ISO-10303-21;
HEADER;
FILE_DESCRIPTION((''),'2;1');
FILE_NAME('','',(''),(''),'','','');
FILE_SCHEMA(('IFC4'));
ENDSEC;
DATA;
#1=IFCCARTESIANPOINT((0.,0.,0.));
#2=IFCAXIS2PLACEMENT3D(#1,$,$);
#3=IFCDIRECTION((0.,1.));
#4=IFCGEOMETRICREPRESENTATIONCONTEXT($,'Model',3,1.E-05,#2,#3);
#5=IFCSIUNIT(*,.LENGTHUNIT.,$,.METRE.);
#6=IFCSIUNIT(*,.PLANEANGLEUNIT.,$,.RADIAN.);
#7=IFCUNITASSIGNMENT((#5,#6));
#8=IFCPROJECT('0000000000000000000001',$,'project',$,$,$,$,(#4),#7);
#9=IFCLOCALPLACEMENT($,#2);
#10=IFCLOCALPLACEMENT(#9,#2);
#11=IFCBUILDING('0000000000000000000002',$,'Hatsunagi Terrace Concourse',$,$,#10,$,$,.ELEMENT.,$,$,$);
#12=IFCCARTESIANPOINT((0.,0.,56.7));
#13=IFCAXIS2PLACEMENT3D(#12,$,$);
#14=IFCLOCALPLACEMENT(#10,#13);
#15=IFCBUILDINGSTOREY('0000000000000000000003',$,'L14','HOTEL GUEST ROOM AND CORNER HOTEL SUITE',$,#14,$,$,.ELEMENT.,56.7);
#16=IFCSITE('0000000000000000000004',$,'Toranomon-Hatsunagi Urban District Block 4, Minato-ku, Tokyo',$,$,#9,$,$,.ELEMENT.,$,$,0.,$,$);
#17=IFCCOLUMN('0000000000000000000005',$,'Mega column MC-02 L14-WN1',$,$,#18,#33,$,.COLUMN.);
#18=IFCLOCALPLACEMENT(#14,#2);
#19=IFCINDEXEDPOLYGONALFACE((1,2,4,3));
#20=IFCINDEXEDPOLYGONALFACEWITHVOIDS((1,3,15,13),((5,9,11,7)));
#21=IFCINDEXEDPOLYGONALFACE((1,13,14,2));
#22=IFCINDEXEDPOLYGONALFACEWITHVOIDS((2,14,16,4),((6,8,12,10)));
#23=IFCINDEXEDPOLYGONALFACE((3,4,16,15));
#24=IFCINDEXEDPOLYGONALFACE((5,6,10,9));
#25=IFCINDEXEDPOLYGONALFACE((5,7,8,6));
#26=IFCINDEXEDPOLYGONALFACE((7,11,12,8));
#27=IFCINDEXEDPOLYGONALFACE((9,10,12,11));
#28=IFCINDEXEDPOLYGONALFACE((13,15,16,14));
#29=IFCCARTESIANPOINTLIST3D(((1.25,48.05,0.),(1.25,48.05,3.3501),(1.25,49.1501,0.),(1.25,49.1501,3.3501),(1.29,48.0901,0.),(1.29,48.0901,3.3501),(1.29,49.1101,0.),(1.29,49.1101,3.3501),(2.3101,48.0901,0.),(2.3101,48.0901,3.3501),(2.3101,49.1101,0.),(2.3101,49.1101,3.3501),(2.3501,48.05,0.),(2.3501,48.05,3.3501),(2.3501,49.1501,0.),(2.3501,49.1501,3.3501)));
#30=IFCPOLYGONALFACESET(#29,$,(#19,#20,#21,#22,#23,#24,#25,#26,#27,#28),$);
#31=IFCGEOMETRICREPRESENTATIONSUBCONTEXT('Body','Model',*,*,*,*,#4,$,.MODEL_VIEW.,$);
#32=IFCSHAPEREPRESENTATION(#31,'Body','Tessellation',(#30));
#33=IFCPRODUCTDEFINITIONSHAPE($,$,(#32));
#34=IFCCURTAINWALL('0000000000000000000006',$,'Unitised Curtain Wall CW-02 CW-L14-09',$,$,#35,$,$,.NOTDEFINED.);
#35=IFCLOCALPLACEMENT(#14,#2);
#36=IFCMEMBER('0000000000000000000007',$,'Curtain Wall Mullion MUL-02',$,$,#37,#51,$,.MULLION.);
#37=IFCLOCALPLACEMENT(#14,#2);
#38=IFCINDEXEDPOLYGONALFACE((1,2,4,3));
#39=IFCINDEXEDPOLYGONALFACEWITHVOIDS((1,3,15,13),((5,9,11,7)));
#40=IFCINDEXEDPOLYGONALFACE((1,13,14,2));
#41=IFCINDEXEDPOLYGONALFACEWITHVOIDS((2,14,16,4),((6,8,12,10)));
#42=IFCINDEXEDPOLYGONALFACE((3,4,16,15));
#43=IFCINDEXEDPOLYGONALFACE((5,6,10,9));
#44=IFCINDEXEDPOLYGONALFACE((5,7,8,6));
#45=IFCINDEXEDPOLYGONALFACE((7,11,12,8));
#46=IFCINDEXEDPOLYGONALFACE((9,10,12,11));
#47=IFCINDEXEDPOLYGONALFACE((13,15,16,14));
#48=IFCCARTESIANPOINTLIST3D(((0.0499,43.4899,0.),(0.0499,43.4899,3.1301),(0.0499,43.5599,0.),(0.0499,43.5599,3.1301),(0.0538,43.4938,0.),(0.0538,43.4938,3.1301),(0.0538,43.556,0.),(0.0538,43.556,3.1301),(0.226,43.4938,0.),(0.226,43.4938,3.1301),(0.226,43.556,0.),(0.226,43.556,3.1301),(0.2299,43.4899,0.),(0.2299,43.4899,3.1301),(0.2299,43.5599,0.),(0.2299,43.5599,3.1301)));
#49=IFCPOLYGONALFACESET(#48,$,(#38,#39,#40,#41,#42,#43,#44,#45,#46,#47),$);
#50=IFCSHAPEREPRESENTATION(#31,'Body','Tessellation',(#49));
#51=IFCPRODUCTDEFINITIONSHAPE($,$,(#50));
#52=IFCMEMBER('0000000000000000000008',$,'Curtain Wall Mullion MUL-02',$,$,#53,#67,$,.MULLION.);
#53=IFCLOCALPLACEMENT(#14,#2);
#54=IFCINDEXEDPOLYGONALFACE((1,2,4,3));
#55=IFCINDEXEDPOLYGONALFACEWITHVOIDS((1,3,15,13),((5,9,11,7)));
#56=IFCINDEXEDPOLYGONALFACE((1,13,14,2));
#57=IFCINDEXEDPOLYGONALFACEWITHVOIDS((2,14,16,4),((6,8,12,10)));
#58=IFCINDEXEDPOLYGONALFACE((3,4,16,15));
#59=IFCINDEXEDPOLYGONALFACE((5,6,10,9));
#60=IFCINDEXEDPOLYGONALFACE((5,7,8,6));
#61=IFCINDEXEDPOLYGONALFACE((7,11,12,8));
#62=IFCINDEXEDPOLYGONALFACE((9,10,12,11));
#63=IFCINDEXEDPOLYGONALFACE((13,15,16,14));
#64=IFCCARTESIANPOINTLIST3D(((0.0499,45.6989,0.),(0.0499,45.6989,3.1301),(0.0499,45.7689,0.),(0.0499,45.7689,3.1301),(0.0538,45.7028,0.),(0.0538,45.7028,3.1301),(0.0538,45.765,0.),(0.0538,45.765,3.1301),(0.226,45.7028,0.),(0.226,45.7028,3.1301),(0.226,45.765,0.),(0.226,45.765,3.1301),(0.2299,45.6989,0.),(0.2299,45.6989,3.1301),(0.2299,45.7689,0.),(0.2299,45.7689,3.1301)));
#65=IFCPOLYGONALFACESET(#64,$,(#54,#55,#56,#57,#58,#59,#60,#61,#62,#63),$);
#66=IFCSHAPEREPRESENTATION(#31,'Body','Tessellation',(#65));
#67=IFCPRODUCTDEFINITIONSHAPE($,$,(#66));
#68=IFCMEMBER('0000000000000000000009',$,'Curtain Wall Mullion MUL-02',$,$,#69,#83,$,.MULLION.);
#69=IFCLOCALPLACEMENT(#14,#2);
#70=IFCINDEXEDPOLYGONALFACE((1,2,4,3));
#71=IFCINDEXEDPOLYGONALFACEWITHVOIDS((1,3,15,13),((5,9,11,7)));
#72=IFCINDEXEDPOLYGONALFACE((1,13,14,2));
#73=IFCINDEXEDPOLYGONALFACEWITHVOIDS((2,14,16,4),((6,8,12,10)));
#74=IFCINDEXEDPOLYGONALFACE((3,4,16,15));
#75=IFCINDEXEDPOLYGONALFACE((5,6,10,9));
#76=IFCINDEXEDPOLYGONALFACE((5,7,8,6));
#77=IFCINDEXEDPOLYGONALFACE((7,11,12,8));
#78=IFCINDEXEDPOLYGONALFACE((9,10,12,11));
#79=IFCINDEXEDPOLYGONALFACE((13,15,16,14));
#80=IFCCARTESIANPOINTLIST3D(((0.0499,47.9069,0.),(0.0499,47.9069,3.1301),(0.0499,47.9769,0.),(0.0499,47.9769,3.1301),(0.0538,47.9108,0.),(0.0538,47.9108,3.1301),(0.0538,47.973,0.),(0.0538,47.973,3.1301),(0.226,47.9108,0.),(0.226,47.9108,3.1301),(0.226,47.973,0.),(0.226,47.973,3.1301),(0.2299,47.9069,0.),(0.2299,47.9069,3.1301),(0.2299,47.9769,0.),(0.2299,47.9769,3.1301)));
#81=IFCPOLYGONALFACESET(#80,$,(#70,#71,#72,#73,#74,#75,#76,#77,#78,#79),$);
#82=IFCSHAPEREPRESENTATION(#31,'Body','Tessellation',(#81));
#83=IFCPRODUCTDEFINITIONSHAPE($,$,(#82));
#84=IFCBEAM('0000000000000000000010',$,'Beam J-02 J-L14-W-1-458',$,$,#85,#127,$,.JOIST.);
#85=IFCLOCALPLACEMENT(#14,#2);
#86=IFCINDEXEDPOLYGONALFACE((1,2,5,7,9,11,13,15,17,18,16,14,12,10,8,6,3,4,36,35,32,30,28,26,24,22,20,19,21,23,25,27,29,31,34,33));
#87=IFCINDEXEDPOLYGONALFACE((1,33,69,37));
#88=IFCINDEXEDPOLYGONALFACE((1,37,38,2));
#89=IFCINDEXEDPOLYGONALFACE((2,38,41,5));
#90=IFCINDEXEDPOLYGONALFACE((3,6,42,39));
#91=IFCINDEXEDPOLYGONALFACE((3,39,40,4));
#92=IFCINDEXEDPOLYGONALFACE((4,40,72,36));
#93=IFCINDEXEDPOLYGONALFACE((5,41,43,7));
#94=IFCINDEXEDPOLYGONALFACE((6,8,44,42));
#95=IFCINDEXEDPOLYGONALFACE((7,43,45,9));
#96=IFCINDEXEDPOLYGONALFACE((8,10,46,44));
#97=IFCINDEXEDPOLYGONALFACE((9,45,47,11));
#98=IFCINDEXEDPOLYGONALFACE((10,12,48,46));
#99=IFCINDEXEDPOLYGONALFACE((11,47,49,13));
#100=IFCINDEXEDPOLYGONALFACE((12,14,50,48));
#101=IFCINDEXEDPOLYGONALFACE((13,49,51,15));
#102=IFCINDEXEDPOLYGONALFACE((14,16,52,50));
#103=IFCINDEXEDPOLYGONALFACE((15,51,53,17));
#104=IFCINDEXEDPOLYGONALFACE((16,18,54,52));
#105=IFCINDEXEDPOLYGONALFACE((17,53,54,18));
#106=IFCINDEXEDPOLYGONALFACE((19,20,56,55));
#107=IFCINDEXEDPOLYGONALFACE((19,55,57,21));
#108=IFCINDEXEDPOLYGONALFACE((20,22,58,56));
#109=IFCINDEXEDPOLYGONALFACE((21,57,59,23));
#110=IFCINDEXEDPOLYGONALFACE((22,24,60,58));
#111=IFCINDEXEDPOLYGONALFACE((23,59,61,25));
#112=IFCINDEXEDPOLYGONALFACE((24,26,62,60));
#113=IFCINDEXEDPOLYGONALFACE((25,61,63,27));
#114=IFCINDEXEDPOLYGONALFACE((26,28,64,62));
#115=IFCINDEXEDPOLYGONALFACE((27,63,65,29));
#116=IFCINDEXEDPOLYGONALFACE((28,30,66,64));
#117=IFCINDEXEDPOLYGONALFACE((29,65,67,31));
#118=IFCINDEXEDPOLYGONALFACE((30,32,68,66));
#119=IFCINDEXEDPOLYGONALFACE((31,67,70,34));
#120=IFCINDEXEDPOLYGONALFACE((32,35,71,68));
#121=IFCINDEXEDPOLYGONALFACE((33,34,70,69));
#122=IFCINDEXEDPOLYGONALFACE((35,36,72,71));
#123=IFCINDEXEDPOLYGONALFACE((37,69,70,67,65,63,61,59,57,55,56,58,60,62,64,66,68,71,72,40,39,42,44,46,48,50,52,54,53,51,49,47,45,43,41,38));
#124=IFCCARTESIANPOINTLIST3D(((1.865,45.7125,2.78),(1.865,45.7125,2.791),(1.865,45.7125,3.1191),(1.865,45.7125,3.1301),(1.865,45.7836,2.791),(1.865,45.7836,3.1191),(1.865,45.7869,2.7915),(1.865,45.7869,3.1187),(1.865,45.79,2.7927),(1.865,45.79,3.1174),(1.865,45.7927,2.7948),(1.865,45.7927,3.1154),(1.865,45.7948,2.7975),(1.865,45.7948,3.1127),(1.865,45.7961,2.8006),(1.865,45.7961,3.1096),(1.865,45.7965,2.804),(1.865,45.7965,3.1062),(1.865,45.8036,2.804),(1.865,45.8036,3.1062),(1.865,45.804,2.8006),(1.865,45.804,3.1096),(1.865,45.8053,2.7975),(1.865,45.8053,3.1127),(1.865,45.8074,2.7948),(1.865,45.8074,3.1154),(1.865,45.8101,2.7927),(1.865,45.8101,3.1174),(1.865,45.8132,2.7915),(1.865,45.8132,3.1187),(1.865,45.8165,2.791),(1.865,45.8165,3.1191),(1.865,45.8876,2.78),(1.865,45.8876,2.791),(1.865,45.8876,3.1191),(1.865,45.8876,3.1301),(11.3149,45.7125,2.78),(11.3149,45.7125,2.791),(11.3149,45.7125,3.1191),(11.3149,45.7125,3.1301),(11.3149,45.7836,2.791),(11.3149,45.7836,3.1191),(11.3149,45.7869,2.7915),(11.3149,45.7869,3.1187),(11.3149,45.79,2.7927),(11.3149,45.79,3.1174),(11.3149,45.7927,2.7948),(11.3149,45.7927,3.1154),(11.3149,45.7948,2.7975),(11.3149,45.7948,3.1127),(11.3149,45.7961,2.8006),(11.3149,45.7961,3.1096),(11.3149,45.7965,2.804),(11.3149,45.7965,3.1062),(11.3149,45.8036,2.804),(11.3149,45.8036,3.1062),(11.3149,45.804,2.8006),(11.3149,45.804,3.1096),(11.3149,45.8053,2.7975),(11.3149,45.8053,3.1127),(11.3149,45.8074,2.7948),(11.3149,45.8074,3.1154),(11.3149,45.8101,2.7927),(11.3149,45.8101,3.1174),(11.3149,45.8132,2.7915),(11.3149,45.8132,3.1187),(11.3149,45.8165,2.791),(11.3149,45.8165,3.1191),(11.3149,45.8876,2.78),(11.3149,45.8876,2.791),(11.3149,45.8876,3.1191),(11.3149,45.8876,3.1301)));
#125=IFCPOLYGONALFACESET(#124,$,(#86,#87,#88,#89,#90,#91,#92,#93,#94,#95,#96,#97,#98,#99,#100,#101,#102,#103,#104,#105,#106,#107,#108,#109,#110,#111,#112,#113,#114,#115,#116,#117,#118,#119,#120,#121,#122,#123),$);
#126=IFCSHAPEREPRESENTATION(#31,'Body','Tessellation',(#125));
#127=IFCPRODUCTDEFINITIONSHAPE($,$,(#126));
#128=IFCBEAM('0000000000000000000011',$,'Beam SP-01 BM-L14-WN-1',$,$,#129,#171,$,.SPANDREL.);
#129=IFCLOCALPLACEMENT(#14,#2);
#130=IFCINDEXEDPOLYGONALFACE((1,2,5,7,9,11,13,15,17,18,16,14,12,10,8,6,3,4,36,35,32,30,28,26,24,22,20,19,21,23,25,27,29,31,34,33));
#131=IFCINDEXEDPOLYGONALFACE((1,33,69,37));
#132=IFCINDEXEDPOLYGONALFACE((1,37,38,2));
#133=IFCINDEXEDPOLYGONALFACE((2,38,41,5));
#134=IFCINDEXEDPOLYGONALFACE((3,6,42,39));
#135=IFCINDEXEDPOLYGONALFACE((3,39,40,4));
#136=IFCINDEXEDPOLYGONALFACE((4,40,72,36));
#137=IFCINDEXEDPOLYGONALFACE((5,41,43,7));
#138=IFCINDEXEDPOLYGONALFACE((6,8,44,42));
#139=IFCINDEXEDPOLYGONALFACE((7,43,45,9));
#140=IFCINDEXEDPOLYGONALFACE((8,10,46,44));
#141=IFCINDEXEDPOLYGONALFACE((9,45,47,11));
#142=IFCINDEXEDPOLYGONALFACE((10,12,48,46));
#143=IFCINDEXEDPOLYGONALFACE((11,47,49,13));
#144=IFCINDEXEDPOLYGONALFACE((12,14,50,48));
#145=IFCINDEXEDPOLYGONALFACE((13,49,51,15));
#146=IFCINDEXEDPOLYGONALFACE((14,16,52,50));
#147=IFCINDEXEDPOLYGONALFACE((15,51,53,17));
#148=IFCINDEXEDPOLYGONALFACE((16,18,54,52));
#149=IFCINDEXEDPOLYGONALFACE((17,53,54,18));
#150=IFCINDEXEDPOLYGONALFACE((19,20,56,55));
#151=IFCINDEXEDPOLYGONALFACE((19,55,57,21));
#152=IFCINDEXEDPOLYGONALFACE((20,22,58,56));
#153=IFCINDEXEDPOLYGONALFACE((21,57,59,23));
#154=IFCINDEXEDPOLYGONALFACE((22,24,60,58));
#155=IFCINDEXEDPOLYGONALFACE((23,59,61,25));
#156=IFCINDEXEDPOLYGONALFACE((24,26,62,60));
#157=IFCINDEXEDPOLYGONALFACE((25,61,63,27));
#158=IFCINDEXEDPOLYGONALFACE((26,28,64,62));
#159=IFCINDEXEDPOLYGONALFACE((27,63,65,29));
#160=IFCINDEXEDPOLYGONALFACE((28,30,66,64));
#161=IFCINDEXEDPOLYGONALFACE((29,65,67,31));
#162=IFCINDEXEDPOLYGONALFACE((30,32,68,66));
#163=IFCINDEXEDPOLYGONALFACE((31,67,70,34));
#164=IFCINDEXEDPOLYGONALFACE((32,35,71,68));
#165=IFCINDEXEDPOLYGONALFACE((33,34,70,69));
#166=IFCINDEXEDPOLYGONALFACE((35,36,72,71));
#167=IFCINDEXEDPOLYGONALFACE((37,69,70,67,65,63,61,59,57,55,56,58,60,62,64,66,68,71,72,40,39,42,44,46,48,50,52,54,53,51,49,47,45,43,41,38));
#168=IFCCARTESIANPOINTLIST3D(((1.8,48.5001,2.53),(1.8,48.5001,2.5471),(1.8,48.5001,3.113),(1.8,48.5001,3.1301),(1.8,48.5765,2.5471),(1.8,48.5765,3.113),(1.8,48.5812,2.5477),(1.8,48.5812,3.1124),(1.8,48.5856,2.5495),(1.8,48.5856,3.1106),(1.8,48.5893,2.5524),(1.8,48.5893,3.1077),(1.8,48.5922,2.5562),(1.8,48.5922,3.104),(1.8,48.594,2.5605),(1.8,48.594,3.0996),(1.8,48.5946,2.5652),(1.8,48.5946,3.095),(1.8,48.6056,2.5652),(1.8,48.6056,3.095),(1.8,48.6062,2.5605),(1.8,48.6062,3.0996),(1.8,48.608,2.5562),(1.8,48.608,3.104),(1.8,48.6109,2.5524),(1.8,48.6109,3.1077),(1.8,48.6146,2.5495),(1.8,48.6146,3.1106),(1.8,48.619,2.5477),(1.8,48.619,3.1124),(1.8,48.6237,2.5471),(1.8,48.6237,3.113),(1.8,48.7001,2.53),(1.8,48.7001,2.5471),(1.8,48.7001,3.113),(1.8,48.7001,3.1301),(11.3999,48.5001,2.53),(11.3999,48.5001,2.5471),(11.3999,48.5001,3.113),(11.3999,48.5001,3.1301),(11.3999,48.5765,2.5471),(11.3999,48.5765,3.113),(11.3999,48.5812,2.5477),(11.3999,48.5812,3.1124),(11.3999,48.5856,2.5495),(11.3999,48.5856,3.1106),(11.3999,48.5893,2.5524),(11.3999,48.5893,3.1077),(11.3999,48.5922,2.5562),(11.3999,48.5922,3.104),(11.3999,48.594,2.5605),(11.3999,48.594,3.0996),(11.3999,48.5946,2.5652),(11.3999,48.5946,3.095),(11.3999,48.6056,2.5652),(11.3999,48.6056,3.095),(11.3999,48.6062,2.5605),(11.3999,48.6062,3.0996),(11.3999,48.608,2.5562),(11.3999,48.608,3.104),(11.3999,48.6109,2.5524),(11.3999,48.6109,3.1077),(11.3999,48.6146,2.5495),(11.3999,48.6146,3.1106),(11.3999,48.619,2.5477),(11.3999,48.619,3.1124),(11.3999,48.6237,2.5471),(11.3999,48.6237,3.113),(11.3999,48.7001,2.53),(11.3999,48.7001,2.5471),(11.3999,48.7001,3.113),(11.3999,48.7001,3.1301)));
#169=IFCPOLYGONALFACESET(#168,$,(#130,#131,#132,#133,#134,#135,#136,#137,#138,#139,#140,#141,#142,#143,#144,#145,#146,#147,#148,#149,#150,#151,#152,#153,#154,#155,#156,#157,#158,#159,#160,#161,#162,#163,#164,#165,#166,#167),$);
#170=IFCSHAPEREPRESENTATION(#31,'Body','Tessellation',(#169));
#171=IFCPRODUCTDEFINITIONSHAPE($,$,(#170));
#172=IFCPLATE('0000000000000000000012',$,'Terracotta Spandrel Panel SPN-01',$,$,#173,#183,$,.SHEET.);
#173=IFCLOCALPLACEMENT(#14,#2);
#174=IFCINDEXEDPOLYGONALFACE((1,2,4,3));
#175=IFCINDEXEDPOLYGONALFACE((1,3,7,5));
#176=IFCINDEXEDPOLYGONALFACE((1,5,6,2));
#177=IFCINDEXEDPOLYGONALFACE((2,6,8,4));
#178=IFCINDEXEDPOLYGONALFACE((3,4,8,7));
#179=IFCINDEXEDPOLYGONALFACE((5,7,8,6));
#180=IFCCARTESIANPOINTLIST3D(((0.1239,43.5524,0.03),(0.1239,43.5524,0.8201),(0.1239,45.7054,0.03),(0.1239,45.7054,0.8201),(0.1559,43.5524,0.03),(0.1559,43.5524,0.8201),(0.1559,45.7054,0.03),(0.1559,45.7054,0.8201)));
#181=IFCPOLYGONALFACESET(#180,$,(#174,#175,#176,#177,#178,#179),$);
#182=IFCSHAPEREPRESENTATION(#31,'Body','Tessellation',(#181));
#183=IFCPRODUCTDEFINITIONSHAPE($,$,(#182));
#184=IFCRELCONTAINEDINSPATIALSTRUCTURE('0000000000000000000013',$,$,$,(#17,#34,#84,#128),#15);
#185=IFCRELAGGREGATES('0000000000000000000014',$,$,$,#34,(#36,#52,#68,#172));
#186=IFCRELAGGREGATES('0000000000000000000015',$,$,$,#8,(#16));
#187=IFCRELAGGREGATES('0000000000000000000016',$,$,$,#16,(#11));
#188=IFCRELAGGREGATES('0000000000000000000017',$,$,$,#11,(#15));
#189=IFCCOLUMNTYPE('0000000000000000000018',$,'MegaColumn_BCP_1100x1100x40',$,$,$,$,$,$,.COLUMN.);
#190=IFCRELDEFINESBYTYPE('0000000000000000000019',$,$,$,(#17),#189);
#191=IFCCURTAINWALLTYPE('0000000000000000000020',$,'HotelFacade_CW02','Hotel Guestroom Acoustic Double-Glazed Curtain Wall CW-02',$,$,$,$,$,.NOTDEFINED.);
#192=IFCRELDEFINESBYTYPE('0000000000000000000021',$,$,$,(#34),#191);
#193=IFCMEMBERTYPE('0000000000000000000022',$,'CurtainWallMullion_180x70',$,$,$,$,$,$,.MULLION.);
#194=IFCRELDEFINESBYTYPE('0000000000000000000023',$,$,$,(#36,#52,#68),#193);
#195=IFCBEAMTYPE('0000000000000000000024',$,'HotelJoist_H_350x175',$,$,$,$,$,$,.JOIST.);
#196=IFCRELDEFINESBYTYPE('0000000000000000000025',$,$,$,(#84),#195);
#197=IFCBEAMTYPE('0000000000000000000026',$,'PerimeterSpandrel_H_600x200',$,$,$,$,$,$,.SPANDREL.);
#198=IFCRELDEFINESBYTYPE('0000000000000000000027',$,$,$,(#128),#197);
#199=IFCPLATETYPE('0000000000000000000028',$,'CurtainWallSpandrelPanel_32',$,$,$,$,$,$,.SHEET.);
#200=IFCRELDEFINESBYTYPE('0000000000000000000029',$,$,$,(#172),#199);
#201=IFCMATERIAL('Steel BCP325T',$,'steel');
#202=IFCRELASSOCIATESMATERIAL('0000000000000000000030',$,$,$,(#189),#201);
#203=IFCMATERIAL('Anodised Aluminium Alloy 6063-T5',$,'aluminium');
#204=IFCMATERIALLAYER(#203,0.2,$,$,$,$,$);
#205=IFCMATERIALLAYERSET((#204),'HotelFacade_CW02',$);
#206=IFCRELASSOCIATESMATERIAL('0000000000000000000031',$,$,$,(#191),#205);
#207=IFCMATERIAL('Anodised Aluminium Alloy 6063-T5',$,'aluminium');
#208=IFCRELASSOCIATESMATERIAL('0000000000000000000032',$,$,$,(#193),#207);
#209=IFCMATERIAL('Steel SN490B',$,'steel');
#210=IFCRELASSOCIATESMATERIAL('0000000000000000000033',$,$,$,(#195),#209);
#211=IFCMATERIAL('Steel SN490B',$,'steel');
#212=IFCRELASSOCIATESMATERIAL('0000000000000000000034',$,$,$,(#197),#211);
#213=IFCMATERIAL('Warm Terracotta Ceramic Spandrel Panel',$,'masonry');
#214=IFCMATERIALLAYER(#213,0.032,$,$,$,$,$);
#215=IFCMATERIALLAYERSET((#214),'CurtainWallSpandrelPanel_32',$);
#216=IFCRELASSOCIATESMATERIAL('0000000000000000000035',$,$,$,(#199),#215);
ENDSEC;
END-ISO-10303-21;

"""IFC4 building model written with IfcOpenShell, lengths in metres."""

from ifc_helpers import new_model, si_unit, direction, frame, origin, origin_2d, place, context, subcontext, project, spatial, rectangle, hollow_rectangle, i_section, extrude, material, layer, layer_set, material_profile, profile_set, type_object, element, aggregate, save


model = new_model("IFC4")

# Units and contexts
model_context = context("Model", 3, precision=1e-05, world=origin(), true_north=direction((0.0, 1.0)))
body_context = subcontext(model_context, "Body", "Model", "MODEL_VIEW")
ifc_project = project(units=[si_unit("LENGTHUNIT", "METRE"), si_unit("PLANEANGLEUNIT", "RADIAN")], contexts=[model_context])

# Site, building, storey
site_placement = place(None, origin())
site = spatial("IfcSite", under=ifc_project, at=site_placement, Name="Toranomon-Hatsunagi Urban District Block 4, Minato-ku, Tokyo", CompositionType="ELEMENT", RefElevation=0.0)
building_placement = place(site_placement, origin())
building = spatial("IfcBuilding", under=site, at=building_placement, Name="Hatsunagi Terrace Concourse", CompositionType="ELEMENT")
storey_placement = place(building_placement, frame((0.0, 0.0, 56.7)))
storey = spatial("IfcBuildingStorey", under=building, at=storey_placement, Name="L14", Description="HOTEL GUEST ROOM AND CORNER HOTEL SUITE", CompositionType="ELEMENT", Elevation=56.7)

# Column
ifc_material_1 = material(Name="Steel BCP325T", Category="steel")
ifc_material_profile_1 = material_profile(ifc_material_1, hollow_rectangle(XDim=1.1001, YDim=1.1001, WallThickness=0.04, at=origin_2d()), Name="BCP-1100x1100x40")
ifc_profile_set_1 = profile_set([ifc_material_profile_1], Name="Steel BCP325T")
column_type = type_object("IfcColumnType", Name="MegaColumn_BCP_1100x1100x40", PredefinedType="COLUMN", material=ifc_profile_set_1)
column_placement = place(storey_placement, frame((1.8, 48.6001, 0.0), z_axis=(0.0, 0.0, 1.0), x_axis=(1.0, 0.0, 0.0)))
element("IfcColumn", 1, at=column_placement, inside=storey, type_object=column_type, Name="Mega column MC-02 L14-WN1", PredefinedType="COLUMN", context=body_context, shape_type="SweptSolid", body=[
    extrude(hollow_rectangle(XDim=1.1001, YDim=1.1001, WallThickness=0.04, at=origin_2d()), origin(), (0.0, 0.0, 1.0), 3.3501),
])

# Curtain wall, members
ifc_material_2 = material(Name="Anodised Aluminium Alloy 6063-T5", Category="aluminium")
ifc_layer_1 = layer(ifc_material_2, 0.2)
ifc_layer_set_1 = layer_set([ifc_layer_1], Name="HotelFacade_CW02")
curtain_wall_type = type_object("IfcCurtainWallType", Name="HotelFacade_CW02", Description="Hotel Guestroom Acoustic Double-Glazed Curtain Wall CW-02", PredefinedType="NOTDEFINED", material=ifc_layer_set_1)
curtain_wall_placement = place(storey_placement, origin())
curtain_wall = element("IfcCurtainWall", 2, at=curtain_wall_placement, inside=storey, type_object=curtain_wall_type, Name="Unitised Curtain Wall CW-02 CW-L14-09", PredefinedType="NOTDEFINED")
ifc_material_3 = material(Name="Anodised Aluminium Alloy 6063-T5", Category="aluminium")
ifc_material_profile_2 = material_profile(ifc_material_3, hollow_rectangle(XDim=0.0701, YDim=0.1799, WallThickness=0.0039, at=origin_2d()), Name="ALU-MUL-180x70x4")
ifc_profile_set_2 = profile_set([ifc_material_profile_2], Name="Anodised Aluminium Alloy 6063-T5")
member_type = type_object("IfcMemberType", Name="CurtainWallMullion_180x70", PredefinedType="MULLION", material=ifc_profile_set_2)
member_1_placement = place(storey_placement, frame((0.1399, 43.5249, 0.0), z_axis=(0.0, 0.0, 1.0), x_axis=(0.0, 1.0, 0.0)))
member_1 = element("IfcMember", 3, at=member_1_placement, type_object=member_type, Name="Curtain Wall Mullion MUL-02", PredefinedType="MULLION", context=body_context, shape_type="SweptSolid", body=[
    extrude(hollow_rectangle(XDim=0.0701, YDim=0.1799, WallThickness=0.0039, at=origin_2d()), origin(), (0.0, 0.0, 1.0), 3.1301),
])
member_2_placement = place(storey_placement, frame((0.1399, 45.7339, 0.0), z_axis=(0.0, 0.0, 1.0), x_axis=(0.0, 1.0, 0.0)))
member_2 = element("IfcMember", 4, at=member_2_placement, type_object=member_type, Name="Curtain Wall Mullion MUL-02", PredefinedType="MULLION", context=body_context, shape_type="SweptSolid", body=[
    extrude(hollow_rectangle(XDim=0.0701, YDim=0.1799, WallThickness=0.0039, at=origin_2d()), origin(), (0.0, 0.0, 1.0), 3.1301),
])
member_3_placement = place(storey_placement, frame((0.1399, 47.9419, 0.0), z_axis=(0.0, 0.0, 1.0), x_axis=(0.0, 1.0, 0.0)))
member_3 = element("IfcMember", 5, at=member_3_placement, type_object=member_type, Name="Curtain Wall Mullion MUL-02", PredefinedType="MULLION", context=body_context, shape_type="SweptSolid", body=[
    extrude(hollow_rectangle(XDim=0.0701, YDim=0.1799, WallThickness=0.0039, at=origin_2d()), origin(), (0.0, 0.0, 1.0), 3.1301),
])

# Beams
ifc_material_4 = material(Name="Steel SN490B", Category="steel")
ifc_material_profile_3 = material_profile(ifc_material_4, i_section(OverallWidth=0.175, OverallDepth=0.3501, WebThickness=0.0071, FlangeThickness=0.011, FilletRadius=0.0129, at=origin_2d()), Name="H-350x175x7x11")
ifc_profile_set_3 = profile_set([ifc_material_profile_3], Name="Steel SN490B")
beam_type_1 = type_object("IfcBeamType", Name="HotelJoist_H_350x175", PredefinedType="JOIST", material=ifc_profile_set_3)
beam_1_placement = place(storey_placement, frame((1.865, 45.8, 2.9551), z_axis=(1.0, 0.0, 0.0), x_axis=(0.0, 1.0, 0.0)))
element("IfcBeam", 6, at=beam_1_placement, inside=storey, type_object=beam_type_1, Name="Beam J-02 J-L14-W-1-458", PredefinedType="JOIST", context=body_context, shape_type="SweptSolid", body=[
    extrude(i_section(OverallWidth=0.175, OverallDepth=0.3501, WebThickness=0.0071, FlangeThickness=0.011, FilletRadius=0.0129, at=origin_2d()), origin(), (0.0, 0.0, 1.0), 9.45),
])
ifc_material_5 = material(Name="Steel SN490B", Category="steel")
ifc_material_profile_4 = material_profile(ifc_material_5, i_section(OverallWidth=0.2, OverallDepth=0.6001, WebThickness=0.011, FlangeThickness=0.0171, FilletRadius=0.0181, at=origin_2d()), Name="H-600x200x11x17")
ifc_profile_set_4 = profile_set([ifc_material_profile_4], Name="Steel SN490B")
beam_type_2 = type_object("IfcBeamType", Name="PerimeterSpandrel_H_600x200", PredefinedType="SPANDREL", material=ifc_profile_set_4)
beam_2_placement = place(storey_placement, frame((1.8, 48.6001, 2.8301), z_axis=(1.0, 0.0, 0.0), x_axis=(0.0, 1.0, 0.0)))
element("IfcBeam", 7, at=beam_2_placement, inside=storey, type_object=beam_type_2, Name="Beam SP-01 BM-L14-WN-1", PredefinedType="SPANDREL", context=body_context, shape_type="SweptSolid", body=[
    extrude(i_section(OverallWidth=0.2, OverallDepth=0.6001, WebThickness=0.011, FlangeThickness=0.0171, FilletRadius=0.0181, at=origin_2d()), origin(), (0.0, 0.0, 1.0), 9.5999),
])

# Plate
ifc_material_6 = material(Name="Warm Terracotta Ceramic Spandrel Panel", Category="masonry")
ifc_layer_2 = layer(ifc_material_6, 0.032)
ifc_layer_set_2 = layer_set([ifc_layer_2], Name="CurtainWallSpandrelPanel_32")
plate_type_1 = type_object("IfcPlateType", Name="CurtainWallSpandrelPanel_32", PredefinedType="SHEET", material=ifc_layer_set_2)
plate_1_placement = place(storey_placement, frame((0.1399, 44.6289, 0.03), z_axis=(0.0, 0.0, 1.0), x_axis=(0.0, 1.0, 0.0)))
plate_1 = element("IfcPlate", 8, at=plate_1_placement, type_object=plate_type_1, Name="Terracotta Spandrel Panel SPN-01", PredefinedType="SHEET", context=body_context, shape_type="SweptSolid", body=[
    extrude(rectangle(XDim=2.1531, YDim=0.032, at=origin_2d()), origin(), (0.0, 0.0, 1.0), 0.79),
])
aggregate(curtain_wall, [member_1, member_2, member_3, plate_1])

save(model, "model.ifc")
